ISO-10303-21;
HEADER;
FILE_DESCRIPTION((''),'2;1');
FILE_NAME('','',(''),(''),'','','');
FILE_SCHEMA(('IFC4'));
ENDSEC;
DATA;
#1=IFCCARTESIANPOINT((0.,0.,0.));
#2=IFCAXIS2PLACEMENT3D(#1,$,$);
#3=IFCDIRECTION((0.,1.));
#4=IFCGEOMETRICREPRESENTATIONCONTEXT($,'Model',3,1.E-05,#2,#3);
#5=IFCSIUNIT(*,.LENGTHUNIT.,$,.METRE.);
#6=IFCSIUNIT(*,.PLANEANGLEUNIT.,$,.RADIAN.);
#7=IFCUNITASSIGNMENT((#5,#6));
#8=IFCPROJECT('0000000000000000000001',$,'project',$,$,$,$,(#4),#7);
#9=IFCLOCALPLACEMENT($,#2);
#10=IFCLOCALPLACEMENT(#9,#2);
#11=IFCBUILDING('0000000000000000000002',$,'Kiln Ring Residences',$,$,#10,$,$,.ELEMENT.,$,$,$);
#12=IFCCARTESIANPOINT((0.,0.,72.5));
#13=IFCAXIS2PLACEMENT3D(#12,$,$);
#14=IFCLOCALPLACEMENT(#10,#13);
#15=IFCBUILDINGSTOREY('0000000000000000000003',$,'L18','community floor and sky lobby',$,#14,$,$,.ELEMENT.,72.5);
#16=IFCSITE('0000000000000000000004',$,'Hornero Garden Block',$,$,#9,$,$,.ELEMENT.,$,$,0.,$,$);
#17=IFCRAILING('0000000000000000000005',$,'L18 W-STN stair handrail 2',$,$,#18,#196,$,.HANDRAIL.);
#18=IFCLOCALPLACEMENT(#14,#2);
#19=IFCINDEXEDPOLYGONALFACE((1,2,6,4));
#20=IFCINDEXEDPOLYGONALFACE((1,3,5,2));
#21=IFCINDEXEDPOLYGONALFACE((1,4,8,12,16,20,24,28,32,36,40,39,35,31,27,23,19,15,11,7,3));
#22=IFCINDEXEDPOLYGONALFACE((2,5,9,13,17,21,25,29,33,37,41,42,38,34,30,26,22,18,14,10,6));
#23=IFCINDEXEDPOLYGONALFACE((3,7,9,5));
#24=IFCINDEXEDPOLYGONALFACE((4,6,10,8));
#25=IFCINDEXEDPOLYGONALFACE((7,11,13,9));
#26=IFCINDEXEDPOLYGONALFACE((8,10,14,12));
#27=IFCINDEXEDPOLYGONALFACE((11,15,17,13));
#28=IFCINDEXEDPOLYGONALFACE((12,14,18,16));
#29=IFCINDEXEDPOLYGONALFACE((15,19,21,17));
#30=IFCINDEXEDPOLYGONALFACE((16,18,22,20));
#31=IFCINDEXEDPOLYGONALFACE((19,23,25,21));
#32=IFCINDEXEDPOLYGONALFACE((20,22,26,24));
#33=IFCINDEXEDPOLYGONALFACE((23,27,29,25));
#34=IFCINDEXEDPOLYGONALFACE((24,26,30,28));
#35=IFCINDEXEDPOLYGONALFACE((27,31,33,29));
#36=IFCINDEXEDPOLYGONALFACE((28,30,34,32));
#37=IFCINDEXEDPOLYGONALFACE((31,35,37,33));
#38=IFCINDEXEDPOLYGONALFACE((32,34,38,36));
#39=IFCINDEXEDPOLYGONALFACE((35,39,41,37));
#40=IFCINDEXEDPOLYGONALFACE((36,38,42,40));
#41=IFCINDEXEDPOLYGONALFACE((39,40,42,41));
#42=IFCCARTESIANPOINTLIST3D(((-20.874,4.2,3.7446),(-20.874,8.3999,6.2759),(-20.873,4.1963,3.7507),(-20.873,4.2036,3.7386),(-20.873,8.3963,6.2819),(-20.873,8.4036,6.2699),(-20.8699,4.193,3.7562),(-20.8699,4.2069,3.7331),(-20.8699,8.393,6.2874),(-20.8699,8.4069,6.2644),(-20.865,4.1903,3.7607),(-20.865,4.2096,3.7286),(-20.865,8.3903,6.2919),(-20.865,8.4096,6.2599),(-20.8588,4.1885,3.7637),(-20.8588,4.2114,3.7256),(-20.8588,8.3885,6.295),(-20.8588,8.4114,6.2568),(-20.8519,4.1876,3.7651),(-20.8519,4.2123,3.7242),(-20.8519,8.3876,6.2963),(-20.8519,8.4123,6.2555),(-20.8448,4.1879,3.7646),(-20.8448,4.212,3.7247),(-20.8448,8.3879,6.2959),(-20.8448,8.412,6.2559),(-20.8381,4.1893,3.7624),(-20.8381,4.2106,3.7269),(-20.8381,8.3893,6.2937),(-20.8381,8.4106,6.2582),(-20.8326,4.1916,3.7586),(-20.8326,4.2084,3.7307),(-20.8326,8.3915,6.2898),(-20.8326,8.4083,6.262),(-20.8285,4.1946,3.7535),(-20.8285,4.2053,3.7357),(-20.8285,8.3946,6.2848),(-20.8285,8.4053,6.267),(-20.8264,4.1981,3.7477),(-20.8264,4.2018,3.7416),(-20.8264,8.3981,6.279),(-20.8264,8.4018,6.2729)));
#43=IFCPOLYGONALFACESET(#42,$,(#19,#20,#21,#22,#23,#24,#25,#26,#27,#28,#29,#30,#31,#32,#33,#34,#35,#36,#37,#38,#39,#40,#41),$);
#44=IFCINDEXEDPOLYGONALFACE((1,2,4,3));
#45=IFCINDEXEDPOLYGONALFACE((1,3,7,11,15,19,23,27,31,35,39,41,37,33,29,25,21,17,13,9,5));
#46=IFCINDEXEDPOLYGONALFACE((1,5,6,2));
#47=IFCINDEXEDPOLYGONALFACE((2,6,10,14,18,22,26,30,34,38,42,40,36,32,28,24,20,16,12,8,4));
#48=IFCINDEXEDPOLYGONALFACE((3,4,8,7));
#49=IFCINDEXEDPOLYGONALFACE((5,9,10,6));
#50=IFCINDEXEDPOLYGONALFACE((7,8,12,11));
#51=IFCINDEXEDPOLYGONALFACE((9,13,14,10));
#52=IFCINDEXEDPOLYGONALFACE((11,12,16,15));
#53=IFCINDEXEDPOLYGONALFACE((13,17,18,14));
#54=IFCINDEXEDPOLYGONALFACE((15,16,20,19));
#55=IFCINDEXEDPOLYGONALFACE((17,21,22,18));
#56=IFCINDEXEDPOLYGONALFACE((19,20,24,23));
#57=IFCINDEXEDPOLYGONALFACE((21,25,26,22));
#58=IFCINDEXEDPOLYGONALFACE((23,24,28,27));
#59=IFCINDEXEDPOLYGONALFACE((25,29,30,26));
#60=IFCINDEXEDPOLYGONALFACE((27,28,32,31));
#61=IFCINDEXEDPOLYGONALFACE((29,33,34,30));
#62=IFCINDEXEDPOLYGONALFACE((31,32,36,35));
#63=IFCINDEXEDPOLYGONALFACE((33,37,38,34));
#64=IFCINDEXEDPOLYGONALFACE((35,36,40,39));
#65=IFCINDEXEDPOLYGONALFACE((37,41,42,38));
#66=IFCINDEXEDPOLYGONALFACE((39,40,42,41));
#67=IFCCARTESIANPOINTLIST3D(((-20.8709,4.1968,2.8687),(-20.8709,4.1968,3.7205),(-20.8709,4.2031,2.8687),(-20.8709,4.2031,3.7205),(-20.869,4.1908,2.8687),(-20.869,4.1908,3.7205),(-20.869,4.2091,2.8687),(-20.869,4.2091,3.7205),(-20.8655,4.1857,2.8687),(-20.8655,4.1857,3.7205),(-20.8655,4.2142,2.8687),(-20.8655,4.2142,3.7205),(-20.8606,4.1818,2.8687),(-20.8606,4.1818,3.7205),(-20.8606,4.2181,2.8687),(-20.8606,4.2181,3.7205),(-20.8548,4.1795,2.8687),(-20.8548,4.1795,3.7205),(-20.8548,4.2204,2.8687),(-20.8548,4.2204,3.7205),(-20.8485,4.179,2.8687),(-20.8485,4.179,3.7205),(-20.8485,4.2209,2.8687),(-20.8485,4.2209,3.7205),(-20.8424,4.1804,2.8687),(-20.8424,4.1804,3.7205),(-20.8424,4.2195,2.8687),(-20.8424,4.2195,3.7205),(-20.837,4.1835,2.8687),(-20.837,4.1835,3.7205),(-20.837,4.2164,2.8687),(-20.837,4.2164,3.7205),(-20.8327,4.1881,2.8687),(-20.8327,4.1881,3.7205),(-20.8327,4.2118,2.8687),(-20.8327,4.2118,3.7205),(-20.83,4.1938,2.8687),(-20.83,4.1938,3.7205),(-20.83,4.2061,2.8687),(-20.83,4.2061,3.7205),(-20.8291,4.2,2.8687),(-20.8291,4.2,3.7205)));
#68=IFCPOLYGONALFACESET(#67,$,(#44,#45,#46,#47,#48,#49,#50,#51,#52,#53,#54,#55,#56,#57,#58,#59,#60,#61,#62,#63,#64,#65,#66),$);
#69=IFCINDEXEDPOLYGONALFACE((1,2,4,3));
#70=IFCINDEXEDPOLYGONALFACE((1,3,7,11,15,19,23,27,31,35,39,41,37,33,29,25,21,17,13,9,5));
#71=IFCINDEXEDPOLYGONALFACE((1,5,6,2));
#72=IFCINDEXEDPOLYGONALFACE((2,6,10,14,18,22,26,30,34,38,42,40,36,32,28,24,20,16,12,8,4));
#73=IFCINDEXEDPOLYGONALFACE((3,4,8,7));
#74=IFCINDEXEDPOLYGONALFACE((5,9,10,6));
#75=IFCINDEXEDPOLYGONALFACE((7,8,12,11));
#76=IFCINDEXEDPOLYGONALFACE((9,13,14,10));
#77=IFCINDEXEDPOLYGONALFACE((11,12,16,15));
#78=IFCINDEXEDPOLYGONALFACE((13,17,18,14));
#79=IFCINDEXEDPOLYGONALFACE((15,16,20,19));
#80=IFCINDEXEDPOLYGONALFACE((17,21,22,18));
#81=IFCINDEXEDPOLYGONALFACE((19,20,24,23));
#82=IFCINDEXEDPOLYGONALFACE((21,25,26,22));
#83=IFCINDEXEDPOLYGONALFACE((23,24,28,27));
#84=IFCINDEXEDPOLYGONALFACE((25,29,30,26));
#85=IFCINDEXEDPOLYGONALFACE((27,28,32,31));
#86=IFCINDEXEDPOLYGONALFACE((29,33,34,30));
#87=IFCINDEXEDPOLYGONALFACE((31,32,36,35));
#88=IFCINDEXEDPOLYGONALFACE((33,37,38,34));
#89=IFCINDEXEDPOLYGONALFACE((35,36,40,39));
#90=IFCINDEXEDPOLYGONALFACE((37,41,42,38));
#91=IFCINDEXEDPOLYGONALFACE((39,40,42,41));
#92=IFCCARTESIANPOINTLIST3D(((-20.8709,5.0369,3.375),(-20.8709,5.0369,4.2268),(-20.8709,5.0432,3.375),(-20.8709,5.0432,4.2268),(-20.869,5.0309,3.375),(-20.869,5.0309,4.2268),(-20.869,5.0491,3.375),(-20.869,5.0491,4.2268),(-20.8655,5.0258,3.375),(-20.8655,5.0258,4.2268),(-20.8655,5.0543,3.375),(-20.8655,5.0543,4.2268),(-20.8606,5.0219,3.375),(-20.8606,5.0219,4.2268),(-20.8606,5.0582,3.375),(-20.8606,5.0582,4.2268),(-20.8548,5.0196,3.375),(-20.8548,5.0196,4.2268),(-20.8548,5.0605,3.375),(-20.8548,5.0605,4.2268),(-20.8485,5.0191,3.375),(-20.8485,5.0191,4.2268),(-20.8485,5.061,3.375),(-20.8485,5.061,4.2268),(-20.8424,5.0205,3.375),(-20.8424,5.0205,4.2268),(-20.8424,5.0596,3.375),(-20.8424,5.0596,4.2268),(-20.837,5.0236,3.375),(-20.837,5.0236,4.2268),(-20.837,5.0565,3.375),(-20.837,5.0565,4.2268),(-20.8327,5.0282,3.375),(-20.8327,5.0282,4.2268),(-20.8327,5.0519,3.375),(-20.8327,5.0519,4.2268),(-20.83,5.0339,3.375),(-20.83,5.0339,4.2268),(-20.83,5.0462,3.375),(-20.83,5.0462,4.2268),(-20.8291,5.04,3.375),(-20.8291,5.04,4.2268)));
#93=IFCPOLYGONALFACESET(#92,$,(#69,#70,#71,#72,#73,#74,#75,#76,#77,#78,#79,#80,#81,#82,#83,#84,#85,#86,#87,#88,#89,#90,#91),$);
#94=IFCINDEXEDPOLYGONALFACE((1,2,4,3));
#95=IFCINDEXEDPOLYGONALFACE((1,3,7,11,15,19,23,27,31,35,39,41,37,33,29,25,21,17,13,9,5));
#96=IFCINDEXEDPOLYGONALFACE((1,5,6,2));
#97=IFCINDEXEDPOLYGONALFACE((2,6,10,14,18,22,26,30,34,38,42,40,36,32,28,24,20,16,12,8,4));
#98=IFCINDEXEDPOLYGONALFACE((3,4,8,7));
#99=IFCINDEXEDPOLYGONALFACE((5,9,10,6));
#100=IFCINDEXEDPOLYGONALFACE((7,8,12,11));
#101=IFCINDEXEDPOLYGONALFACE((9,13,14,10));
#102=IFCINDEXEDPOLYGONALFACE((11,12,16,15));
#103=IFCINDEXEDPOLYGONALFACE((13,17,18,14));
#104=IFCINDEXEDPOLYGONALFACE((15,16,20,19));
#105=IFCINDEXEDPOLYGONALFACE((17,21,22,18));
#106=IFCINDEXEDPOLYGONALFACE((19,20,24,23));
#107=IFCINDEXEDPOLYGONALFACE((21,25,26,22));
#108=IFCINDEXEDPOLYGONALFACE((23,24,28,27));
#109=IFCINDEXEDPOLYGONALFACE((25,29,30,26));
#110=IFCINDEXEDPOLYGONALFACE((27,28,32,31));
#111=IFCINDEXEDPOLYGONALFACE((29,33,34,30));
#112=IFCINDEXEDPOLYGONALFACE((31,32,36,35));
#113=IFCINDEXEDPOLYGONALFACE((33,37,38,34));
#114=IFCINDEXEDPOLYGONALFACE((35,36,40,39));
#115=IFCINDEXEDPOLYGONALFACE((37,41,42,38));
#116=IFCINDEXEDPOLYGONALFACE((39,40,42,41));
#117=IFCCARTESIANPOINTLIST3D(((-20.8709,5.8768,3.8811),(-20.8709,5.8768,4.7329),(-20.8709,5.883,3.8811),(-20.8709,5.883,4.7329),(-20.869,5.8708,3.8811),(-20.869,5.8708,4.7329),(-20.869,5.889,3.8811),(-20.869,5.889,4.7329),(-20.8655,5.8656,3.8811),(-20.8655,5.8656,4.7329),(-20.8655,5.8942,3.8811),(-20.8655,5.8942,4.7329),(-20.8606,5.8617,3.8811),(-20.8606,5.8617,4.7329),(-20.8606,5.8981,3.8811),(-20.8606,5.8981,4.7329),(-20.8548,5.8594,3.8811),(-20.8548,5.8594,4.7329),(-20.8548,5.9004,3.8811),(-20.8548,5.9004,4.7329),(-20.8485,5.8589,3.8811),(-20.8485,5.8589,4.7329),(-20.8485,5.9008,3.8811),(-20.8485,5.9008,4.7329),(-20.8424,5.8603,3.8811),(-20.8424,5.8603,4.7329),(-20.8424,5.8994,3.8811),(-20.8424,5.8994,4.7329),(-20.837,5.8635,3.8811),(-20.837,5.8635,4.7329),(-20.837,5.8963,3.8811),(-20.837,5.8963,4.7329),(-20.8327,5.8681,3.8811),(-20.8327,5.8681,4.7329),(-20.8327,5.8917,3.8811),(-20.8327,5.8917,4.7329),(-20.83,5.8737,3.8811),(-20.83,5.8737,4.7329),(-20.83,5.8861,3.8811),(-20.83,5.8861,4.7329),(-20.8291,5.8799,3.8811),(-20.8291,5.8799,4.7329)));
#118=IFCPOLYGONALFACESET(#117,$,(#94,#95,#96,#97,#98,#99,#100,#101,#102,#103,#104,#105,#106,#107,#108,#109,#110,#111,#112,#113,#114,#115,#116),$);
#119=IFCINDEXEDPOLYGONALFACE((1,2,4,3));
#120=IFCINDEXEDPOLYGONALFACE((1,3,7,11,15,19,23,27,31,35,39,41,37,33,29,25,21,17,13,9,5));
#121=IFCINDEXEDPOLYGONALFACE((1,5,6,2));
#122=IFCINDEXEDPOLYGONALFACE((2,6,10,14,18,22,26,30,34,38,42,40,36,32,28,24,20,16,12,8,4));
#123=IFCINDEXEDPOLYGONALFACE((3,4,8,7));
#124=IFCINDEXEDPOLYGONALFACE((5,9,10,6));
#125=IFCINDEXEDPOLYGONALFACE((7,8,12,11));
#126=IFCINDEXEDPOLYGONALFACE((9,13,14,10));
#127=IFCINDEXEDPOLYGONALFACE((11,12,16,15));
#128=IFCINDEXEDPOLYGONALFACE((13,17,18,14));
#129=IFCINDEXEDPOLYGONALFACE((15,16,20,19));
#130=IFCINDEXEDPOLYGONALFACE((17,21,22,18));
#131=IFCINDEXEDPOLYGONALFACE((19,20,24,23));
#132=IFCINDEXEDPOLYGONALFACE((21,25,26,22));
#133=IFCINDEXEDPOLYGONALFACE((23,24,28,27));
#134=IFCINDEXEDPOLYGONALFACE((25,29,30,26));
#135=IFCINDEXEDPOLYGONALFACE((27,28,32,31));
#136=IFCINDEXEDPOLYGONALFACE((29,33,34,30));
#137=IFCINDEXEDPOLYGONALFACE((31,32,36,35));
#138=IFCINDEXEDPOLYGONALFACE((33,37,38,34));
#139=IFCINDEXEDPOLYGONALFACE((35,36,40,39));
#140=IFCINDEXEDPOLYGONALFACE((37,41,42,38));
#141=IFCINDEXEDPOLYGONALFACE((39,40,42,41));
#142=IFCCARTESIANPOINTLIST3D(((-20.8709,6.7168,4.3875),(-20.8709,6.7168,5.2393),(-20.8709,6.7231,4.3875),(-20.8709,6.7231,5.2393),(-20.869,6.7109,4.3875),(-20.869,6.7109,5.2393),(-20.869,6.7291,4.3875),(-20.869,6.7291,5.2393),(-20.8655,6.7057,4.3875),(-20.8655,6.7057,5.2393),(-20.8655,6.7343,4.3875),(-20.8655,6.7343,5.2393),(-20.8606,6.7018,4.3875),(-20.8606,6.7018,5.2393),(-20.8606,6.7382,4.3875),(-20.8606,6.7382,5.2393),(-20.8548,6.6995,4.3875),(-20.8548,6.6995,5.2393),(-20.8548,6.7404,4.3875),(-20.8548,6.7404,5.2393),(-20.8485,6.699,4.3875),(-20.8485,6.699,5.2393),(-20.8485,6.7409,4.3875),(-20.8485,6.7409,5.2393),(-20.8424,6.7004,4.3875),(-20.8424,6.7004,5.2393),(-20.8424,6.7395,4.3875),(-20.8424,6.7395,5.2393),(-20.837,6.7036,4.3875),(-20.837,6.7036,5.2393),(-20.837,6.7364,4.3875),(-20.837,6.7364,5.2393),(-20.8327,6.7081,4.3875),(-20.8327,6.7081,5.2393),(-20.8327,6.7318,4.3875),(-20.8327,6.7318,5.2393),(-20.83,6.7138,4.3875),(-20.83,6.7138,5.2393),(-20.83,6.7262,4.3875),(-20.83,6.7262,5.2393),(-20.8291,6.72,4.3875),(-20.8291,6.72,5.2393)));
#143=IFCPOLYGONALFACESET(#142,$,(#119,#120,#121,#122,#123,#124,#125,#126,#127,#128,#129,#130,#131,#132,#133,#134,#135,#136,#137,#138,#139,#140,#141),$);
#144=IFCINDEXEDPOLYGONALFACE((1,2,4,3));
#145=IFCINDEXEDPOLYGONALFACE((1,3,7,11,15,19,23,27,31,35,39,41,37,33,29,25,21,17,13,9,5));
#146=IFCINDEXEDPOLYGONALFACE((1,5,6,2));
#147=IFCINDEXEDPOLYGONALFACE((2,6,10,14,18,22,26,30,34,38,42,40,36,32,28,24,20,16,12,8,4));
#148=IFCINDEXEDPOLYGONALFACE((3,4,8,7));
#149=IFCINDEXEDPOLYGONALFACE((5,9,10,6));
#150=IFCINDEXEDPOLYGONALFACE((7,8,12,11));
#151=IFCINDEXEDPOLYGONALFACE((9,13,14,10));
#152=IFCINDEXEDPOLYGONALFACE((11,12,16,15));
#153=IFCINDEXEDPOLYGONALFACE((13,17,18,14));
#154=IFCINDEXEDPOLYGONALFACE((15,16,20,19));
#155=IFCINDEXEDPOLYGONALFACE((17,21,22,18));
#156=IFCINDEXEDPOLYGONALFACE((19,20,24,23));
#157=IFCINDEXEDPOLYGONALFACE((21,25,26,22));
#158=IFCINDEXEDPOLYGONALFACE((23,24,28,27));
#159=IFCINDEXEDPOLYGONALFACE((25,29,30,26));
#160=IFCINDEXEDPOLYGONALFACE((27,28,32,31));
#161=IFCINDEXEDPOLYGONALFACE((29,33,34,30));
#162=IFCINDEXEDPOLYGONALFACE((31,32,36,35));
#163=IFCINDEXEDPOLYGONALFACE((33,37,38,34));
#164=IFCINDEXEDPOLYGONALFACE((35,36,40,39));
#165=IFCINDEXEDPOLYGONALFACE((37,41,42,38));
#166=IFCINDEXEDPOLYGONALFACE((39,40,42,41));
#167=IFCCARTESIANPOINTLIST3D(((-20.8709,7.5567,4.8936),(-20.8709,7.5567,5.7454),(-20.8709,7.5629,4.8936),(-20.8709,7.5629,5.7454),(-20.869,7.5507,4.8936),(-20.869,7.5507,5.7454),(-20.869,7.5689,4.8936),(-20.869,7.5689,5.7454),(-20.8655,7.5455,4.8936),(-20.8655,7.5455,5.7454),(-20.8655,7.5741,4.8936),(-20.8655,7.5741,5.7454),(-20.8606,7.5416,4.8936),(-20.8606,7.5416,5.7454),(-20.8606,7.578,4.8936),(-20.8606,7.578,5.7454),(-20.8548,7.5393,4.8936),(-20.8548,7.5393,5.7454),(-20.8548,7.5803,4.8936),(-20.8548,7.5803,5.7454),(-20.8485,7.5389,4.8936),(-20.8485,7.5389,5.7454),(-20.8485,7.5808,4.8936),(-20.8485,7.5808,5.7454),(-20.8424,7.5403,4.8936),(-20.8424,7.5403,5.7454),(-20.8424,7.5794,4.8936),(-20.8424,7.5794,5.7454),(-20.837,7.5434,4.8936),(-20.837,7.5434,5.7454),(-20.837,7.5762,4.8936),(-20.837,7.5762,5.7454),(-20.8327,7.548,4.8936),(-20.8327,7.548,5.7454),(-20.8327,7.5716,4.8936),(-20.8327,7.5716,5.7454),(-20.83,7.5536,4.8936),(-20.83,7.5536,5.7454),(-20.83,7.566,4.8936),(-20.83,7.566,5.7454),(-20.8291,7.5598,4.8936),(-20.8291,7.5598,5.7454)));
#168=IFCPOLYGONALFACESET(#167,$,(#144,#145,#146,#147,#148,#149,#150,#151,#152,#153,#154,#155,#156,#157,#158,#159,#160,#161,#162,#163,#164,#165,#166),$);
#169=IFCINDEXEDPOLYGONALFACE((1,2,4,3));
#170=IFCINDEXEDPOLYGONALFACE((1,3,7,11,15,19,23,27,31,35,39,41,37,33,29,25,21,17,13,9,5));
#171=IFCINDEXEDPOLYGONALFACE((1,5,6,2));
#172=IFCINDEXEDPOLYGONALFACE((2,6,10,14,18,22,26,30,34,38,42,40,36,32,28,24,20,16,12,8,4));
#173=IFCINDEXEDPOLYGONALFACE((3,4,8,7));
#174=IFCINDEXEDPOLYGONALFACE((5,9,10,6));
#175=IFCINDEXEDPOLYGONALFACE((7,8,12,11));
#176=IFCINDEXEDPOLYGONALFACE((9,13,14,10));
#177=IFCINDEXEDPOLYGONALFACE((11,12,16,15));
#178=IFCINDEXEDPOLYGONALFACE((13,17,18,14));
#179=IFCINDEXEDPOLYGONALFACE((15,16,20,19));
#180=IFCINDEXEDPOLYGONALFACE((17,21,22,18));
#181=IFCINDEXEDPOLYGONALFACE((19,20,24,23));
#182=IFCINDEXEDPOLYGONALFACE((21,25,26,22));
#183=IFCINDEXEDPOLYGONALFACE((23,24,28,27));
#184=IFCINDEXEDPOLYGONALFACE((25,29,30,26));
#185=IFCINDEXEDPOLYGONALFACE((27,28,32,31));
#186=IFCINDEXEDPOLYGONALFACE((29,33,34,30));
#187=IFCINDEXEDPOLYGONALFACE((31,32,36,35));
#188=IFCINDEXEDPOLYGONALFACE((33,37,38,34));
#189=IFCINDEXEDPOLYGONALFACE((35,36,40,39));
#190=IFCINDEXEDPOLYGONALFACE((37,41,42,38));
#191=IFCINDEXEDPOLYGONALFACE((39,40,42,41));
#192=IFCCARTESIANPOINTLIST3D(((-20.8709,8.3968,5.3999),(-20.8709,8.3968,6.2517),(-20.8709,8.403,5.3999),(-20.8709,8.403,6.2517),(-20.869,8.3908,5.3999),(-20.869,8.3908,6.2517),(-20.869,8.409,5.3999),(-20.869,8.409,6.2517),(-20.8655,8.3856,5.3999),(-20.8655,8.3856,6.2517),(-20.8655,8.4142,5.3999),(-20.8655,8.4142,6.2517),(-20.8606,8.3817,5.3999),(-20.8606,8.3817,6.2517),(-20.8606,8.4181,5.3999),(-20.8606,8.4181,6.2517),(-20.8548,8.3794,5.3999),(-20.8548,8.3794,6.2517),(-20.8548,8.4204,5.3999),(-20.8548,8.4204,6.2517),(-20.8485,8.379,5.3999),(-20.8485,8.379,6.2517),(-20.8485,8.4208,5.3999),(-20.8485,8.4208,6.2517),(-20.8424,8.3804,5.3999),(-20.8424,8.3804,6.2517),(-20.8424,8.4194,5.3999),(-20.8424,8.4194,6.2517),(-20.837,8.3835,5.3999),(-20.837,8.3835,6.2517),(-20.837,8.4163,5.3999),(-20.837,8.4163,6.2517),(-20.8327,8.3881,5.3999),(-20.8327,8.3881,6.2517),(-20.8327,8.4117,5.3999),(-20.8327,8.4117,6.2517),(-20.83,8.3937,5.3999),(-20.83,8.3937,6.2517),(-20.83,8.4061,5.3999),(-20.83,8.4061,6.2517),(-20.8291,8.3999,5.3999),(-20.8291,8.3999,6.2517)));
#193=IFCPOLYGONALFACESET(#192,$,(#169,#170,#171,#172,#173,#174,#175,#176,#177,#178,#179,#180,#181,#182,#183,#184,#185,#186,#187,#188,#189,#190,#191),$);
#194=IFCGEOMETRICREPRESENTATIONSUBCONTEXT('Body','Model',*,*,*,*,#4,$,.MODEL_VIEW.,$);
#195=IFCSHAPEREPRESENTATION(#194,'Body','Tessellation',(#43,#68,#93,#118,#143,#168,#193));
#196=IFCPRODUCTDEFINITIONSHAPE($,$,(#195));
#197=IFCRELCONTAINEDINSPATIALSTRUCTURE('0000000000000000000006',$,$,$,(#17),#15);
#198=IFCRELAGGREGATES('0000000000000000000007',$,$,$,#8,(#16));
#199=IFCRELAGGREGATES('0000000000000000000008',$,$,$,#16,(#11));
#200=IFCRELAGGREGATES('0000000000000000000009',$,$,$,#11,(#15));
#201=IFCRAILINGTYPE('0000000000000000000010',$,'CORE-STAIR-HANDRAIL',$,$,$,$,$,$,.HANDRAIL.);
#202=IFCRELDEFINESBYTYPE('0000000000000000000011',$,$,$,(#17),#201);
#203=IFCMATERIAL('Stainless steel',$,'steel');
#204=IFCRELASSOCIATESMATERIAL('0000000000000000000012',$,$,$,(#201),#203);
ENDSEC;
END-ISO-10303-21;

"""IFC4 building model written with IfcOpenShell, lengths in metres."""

from ifc_helpers import new_model, si_unit, direction, frame, origin, origin_2d, place, context, subcontext, project, spatial, circle, extrude, material, type_object, element, save


model = new_model("IFC4")

# Units and contexts
model_context = context("Model", 3, precision=1e-05, world=origin(), true_north=direction((0.0, 1.0)))
body_context = subcontext(model_context, "Body", "Model", "MODEL_VIEW")
ifc_project = project(units=[si_unit("LENGTHUNIT", "METRE"), si_unit("PLANEANGLEUNIT", "RADIAN")], contexts=[model_context])

# Site, building, storey
site_placement = place(None, origin())
site = spatial("IfcSite", under=ifc_project, at=site_placement, Name="Hornero Garden Block", CompositionType="ELEMENT", RefElevation=0.0)
building_placement = place(site_placement, origin())
building = spatial("IfcBuilding", under=site, at=building_placement, Name="Kiln Ring Residences", CompositionType="ELEMENT")
storey_placement = place(building_placement, frame((0.0, 0.0, 72.5)))
storey = spatial("IfcBuildingStorey", under=building, at=storey_placement, Name="L18", Description="community floor and sky lobby", CompositionType="ELEMENT", Elevation=72.5)

# Railing
ifc_material_1 = material(Name="Stainless steel", Category="steel")
railing_type_1 = type_object("IfcRailingType", Name="CORE-STAIR-HANDRAIL", PredefinedType="HANDRAIL", material=ifc_material_1)
railing_1_placement = place(storey_placement, frame((-20.8501, 4.2, 2.8687)))
element("IfcRailing", 1, at=railing_1_placement, inside=storey, type_object=railing_type_1, Name="L18 W-STN stair handrail 2", PredefinedType="HANDRAIL", context=body_context, shape_type="SweptSolid", body=[
    extrude(circle(Radius=0.0239, at=origin_2d()), frame((0.0, 0.0, 0.876), z_axis=(0.0, 0.856476, 0.516186), x_axis=(-1.0, 0.0, 0.0)), (0.0, 0.0, 1.0), 4.9038),
    extrude(circle(Radius=0.021, at=origin_2d()), origin(), (0.0, 0.0, 1.0), 0.8518),
    extrude(circle(Radius=0.021, at=origin_2d()), frame((0.0, 0.8401, 0.5063)), (0.0, 0.0, 1.0), 0.8518),
    extrude(circle(Radius=0.021, at=origin_2d()), frame((0.0, 1.6799, 1.0125)), (0.0, 0.0, 1.0), 0.8518),
    extrude(circle(Radius=0.021, at=origin_2d()), frame((0.0, 2.52, 1.5188)), (0.0, 0.0, 1.0), 0.8518),
    extrude(circle(Radius=0.021, at=origin_2d()), frame((0.0, 3.3599, 2.0249)), (0.0, 0.0, 1.0), 0.8518),
    extrude(circle(Radius=0.021, at=origin_2d()), frame((0.0, 4.2, 2.5312)), (0.0, 0.0, 1.0), 0.8518),
])

save(model, "model.ifc")
